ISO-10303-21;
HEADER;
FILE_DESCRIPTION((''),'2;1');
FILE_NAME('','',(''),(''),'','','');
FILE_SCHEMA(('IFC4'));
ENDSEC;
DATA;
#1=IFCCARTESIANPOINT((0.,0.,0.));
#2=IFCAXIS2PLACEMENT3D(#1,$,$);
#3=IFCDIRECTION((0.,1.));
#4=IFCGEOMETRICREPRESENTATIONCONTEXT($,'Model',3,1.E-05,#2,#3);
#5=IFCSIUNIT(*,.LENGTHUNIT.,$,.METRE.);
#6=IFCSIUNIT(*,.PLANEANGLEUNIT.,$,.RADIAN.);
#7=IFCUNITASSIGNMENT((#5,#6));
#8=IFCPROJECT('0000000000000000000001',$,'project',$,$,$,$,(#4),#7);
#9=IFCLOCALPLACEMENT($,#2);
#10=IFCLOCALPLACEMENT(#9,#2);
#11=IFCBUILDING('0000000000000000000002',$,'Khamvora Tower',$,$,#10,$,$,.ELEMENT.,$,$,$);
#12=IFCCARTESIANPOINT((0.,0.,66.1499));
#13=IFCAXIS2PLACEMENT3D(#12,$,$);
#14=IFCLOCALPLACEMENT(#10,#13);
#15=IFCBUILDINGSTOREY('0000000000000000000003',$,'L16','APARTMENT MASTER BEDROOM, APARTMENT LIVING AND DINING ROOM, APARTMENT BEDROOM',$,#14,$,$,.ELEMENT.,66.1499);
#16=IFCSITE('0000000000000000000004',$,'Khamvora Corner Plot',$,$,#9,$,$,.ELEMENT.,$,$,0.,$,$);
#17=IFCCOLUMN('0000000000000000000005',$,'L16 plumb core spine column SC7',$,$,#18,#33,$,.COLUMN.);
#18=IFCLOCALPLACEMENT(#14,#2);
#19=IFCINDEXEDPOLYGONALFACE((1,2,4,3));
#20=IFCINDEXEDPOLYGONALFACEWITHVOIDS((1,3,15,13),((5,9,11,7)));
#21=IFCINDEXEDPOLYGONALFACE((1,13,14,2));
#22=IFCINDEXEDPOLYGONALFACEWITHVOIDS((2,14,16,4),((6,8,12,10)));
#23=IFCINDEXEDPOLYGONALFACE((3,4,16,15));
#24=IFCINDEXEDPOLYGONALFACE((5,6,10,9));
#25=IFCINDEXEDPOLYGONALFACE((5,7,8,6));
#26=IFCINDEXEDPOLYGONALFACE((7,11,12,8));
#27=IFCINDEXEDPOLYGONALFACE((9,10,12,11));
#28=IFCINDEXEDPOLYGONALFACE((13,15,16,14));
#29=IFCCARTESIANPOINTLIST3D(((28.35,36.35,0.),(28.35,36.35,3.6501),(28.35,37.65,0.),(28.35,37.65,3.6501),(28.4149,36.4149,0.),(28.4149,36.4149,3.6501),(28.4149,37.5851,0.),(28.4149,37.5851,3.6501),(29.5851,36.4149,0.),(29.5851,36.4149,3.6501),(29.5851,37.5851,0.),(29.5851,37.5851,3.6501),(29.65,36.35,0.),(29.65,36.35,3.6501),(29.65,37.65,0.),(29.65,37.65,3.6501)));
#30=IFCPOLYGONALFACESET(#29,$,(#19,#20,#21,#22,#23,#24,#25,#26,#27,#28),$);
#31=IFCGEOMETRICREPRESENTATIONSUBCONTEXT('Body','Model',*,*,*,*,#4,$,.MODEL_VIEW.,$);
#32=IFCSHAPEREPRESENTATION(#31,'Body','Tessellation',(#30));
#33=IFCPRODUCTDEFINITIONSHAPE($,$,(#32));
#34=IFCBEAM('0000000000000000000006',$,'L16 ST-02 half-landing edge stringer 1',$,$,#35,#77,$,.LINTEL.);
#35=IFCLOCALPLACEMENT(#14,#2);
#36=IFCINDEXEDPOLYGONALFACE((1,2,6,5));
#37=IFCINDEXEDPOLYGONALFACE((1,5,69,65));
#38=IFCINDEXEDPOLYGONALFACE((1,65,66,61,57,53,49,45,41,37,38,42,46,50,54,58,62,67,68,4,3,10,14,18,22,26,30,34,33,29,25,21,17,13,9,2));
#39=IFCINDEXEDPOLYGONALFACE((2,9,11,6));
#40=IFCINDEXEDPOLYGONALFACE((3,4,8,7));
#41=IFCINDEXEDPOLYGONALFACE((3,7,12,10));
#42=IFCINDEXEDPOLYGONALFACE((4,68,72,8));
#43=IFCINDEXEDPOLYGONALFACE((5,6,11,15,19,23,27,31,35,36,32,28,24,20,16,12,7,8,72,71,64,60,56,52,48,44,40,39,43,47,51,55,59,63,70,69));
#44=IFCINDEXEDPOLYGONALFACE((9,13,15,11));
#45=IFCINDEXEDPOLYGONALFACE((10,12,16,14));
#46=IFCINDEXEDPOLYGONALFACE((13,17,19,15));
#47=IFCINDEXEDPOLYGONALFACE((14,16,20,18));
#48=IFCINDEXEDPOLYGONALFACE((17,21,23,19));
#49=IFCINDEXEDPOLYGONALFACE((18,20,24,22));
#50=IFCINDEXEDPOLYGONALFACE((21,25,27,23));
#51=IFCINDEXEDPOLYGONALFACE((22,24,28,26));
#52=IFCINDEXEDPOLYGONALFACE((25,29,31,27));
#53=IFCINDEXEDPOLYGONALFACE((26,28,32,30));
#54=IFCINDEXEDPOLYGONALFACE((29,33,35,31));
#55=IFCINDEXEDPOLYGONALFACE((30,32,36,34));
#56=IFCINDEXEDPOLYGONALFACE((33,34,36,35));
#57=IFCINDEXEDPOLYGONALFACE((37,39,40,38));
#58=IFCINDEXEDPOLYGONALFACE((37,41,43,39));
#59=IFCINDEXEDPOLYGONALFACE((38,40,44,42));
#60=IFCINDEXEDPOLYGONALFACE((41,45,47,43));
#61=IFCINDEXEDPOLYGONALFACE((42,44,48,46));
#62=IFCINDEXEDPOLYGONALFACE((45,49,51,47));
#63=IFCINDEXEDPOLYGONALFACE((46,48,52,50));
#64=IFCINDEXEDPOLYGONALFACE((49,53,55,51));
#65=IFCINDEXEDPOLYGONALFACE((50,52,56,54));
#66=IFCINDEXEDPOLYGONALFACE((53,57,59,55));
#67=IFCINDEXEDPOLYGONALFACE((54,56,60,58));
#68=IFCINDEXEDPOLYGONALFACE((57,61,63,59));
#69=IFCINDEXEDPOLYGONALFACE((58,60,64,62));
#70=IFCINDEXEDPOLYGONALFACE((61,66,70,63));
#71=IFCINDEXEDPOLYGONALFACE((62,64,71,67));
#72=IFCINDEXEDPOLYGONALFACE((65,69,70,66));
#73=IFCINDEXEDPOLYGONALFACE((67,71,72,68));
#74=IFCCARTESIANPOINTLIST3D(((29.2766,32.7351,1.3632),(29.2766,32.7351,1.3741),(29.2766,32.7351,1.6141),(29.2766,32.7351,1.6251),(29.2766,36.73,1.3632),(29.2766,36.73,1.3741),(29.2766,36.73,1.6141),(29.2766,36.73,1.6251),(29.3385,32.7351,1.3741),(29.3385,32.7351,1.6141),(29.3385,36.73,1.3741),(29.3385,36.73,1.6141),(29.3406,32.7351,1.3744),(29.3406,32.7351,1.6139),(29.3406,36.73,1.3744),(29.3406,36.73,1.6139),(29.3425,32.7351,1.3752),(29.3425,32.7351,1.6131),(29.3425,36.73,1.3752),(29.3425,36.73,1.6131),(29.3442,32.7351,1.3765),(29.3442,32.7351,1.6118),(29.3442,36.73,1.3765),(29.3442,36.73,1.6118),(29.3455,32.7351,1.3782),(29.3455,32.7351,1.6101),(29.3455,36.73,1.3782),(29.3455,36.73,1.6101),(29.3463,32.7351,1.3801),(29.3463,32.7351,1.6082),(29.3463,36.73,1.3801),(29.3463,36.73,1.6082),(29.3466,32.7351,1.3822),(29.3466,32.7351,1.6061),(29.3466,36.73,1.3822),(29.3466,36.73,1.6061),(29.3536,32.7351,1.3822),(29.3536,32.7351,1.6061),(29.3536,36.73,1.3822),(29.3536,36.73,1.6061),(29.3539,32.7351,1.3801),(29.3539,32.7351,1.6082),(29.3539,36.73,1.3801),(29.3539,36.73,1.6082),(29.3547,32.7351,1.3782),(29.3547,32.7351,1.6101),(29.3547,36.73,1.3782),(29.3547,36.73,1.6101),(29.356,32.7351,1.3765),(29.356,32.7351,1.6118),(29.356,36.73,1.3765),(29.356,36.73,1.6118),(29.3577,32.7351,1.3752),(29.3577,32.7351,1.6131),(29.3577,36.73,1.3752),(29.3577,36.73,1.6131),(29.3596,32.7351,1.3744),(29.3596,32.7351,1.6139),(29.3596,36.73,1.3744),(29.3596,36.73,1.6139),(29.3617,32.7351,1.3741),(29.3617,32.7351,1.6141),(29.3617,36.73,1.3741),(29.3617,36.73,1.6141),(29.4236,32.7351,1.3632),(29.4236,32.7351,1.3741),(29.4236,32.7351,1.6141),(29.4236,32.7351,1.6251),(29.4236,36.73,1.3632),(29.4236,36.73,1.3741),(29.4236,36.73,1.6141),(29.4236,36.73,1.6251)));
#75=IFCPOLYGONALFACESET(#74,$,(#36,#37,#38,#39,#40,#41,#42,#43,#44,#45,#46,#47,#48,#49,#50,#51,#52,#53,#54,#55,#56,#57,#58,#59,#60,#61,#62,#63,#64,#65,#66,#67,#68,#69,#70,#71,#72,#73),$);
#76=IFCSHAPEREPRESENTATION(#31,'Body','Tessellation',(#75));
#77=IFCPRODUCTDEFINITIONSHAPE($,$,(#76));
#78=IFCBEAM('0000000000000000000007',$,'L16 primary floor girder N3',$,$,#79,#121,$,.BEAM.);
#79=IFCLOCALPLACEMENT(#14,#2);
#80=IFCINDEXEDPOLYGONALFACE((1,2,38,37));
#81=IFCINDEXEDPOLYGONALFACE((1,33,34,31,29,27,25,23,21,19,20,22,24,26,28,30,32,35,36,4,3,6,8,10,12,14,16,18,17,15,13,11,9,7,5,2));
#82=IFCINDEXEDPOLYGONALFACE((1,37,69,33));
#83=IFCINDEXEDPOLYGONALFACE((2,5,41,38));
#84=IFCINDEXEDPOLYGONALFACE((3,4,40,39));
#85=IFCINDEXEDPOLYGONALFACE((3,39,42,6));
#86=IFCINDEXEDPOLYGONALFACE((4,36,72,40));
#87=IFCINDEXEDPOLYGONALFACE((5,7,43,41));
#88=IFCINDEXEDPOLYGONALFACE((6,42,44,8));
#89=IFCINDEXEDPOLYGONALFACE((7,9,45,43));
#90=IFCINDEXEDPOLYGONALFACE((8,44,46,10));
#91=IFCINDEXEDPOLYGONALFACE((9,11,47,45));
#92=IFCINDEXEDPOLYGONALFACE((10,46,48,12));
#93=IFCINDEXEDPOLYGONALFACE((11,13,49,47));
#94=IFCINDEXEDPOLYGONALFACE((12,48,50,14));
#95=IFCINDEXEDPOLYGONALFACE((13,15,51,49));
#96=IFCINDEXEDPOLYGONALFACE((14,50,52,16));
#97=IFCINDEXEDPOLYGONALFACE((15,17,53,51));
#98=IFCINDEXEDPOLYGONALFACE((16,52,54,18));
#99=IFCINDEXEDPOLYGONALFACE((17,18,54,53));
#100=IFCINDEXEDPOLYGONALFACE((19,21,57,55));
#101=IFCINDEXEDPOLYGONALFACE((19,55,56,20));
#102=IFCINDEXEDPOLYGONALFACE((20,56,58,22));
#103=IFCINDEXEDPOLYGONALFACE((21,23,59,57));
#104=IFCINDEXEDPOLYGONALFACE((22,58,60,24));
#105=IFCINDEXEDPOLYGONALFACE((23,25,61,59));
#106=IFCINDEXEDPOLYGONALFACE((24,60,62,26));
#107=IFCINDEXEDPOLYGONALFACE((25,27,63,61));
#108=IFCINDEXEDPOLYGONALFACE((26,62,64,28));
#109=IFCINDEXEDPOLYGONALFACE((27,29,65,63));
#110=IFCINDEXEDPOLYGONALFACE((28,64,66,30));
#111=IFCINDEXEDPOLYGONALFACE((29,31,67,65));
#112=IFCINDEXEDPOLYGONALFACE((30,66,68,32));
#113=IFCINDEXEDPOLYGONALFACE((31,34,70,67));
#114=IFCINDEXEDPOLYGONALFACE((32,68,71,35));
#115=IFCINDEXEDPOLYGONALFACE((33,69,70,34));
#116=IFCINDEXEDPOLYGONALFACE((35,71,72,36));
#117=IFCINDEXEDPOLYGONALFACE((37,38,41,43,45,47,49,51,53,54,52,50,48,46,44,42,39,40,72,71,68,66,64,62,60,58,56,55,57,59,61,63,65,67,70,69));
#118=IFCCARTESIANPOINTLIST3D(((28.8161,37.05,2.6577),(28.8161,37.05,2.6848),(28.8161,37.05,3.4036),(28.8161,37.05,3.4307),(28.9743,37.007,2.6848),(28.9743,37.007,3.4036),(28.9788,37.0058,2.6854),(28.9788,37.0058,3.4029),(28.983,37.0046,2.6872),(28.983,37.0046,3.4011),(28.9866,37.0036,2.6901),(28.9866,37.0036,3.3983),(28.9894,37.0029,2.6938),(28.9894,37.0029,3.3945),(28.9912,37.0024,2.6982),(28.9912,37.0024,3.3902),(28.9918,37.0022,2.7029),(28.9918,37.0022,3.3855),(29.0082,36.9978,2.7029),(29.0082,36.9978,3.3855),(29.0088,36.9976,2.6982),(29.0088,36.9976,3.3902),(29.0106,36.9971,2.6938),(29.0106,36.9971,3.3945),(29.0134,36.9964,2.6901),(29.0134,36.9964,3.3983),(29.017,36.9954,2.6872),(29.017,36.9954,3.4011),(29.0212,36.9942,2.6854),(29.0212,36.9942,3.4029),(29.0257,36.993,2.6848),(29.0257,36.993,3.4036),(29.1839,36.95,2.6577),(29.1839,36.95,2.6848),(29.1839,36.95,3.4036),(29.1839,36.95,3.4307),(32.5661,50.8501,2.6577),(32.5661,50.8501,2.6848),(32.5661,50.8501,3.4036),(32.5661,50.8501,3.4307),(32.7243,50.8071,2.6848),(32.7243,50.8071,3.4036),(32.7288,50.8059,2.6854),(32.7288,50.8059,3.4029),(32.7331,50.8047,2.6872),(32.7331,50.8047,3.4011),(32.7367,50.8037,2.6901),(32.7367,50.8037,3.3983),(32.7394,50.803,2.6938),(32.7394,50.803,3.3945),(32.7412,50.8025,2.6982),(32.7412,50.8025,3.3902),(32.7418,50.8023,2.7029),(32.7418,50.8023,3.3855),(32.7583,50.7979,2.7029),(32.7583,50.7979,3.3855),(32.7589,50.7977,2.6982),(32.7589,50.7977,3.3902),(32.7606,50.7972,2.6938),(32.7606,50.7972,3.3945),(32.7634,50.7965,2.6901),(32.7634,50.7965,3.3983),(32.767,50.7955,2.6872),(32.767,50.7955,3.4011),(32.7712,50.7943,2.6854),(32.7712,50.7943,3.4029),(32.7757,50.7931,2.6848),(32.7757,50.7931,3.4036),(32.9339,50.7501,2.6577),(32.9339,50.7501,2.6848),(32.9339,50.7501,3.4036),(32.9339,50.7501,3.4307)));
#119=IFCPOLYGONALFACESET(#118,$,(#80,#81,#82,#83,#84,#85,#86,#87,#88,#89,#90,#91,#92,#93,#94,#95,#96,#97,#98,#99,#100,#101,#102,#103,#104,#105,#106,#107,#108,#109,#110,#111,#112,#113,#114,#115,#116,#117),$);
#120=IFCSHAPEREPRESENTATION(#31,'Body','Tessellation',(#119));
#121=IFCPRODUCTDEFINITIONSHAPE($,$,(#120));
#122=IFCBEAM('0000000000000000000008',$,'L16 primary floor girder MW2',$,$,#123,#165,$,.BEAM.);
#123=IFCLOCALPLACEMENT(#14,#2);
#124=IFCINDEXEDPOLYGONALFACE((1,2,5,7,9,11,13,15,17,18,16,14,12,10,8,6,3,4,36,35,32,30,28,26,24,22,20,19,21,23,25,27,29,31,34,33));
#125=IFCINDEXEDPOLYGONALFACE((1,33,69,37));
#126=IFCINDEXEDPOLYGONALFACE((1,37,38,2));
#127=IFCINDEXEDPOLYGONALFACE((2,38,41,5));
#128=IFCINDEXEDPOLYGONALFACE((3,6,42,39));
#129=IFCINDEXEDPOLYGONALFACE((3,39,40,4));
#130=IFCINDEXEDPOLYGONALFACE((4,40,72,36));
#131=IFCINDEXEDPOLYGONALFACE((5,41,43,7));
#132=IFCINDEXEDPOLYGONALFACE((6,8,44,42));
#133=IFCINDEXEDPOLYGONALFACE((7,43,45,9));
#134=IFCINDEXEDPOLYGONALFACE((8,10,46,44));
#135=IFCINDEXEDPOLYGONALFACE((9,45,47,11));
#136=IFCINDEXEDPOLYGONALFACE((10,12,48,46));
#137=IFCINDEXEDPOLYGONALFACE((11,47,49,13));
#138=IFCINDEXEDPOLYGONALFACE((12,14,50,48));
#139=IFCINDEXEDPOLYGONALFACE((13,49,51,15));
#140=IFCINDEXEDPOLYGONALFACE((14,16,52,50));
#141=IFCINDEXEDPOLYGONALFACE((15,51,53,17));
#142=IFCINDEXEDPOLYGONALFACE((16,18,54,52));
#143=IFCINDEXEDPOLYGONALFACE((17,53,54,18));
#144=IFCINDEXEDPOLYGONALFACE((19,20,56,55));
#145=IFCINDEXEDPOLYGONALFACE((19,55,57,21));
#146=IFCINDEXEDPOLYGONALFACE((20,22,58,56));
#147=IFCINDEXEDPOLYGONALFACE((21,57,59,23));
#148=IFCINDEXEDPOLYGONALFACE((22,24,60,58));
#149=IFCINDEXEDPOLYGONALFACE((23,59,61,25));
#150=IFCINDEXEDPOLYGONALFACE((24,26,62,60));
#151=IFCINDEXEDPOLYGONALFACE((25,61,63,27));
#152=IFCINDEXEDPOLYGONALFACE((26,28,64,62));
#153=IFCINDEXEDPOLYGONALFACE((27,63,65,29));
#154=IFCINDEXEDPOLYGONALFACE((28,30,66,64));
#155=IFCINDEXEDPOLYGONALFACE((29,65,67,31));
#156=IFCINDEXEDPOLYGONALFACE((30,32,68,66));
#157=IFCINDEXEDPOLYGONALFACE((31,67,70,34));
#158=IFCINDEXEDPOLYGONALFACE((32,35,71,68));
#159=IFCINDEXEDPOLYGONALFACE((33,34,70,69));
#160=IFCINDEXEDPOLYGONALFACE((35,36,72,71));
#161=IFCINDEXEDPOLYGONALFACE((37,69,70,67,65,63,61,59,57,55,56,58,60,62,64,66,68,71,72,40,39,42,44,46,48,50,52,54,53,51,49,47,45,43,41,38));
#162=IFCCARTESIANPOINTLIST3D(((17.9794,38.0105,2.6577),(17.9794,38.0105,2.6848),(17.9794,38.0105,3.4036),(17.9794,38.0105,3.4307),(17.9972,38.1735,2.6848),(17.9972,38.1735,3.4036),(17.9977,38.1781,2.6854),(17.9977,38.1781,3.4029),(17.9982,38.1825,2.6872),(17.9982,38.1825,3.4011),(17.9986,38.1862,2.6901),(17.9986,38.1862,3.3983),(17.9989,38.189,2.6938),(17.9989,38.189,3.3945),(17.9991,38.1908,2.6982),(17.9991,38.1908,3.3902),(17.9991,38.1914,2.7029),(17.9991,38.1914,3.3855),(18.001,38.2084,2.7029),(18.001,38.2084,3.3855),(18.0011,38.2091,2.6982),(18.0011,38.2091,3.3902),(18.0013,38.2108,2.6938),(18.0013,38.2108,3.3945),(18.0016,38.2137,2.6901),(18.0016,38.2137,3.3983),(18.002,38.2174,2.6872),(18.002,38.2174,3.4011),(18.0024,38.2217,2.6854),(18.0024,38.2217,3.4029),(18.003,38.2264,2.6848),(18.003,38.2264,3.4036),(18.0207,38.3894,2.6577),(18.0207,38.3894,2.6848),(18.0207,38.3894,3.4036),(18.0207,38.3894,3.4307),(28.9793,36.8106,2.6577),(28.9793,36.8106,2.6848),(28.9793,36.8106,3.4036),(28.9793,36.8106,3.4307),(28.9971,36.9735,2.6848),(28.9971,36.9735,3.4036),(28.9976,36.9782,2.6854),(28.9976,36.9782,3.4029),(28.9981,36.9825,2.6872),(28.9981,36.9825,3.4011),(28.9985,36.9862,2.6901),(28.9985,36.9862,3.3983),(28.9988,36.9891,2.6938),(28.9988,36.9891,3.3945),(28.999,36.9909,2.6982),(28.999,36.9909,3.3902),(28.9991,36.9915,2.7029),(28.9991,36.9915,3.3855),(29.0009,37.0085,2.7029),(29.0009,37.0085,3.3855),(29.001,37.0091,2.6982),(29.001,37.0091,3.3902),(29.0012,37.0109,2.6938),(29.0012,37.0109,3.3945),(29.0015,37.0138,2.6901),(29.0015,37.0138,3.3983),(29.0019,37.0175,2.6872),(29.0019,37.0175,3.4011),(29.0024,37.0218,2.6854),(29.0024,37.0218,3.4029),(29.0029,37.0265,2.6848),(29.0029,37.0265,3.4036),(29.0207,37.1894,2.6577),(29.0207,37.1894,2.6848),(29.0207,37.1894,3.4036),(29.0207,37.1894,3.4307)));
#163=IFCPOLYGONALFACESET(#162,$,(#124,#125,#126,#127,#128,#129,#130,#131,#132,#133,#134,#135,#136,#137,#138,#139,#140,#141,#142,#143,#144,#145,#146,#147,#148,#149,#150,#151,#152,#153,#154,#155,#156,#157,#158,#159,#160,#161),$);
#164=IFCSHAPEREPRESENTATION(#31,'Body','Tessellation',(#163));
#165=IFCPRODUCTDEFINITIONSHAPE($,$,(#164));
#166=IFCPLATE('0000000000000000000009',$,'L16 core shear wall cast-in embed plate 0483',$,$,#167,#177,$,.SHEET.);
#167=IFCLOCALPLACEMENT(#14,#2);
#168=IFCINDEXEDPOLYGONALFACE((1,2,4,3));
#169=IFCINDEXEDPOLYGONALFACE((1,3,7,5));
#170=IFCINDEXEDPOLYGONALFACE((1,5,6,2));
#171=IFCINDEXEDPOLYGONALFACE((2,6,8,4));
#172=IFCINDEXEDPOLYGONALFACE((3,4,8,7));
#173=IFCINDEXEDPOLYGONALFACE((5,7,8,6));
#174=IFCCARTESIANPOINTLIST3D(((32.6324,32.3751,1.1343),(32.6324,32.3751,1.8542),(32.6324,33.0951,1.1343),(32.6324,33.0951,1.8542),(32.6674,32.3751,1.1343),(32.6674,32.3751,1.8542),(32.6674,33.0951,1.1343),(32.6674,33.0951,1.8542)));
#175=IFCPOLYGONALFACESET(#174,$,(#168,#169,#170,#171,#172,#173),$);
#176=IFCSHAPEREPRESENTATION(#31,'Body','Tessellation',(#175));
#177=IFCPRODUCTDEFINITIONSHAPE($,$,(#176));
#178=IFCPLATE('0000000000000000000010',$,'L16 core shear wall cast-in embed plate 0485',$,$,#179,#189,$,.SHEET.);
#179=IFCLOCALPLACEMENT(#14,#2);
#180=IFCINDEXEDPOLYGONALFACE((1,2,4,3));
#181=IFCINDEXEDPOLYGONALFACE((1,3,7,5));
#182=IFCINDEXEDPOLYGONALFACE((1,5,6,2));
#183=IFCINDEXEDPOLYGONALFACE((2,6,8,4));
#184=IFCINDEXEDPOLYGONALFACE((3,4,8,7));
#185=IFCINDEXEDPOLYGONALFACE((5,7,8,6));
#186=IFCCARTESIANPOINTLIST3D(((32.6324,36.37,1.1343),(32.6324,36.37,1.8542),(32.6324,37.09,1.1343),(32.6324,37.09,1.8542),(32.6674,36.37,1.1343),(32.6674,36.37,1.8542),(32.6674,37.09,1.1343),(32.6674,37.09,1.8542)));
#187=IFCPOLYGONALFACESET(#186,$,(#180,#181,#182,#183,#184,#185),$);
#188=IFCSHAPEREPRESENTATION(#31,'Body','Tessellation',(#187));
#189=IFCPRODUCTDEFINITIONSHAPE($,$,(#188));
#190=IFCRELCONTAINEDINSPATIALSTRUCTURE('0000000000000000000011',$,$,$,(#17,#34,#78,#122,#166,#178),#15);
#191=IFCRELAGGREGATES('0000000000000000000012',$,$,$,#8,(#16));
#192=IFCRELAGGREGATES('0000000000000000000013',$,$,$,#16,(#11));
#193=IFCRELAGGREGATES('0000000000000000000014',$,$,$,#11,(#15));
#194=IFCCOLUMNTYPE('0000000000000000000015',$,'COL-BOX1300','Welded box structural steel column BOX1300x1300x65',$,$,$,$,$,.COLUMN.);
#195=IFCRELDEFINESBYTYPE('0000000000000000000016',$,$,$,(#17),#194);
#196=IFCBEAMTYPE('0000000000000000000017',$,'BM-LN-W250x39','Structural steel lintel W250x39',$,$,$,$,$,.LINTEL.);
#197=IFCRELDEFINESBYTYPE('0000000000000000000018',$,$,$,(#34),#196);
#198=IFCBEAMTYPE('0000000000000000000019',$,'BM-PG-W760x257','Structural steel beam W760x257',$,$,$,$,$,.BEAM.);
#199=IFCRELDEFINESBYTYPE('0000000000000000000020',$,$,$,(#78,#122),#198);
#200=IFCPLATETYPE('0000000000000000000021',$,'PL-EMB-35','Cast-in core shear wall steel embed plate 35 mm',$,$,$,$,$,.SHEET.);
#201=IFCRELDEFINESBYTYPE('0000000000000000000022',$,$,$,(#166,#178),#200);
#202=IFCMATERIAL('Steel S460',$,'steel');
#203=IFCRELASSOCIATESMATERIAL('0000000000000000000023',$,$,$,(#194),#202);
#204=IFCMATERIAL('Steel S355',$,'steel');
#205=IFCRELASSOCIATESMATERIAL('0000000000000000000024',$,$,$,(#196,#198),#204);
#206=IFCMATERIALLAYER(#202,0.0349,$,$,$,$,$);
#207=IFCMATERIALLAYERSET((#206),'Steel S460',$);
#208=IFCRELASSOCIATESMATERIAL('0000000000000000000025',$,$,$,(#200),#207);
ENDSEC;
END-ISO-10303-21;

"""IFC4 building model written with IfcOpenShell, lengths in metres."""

from ifc_helpers import new_model, si_unit, direction, frame, origin, origin_2d, place, context, subcontext, project, spatial, rectangle, hollow_rectangle, i_section, extrude, material, layer, layer_set, material_profile, profile_set, type_object, element, save


model = new_model("IFC4")

# Units and contexts
model_context = context("Model", 3, precision=1e-05, world=origin(), true_north=direction((0.0, 1.0)))
body_context = subcontext(model_context, "Body", "Model", "MODEL_VIEW")
ifc_project = project(units=[si_unit("LENGTHUNIT", "METRE"), si_unit("PLANEANGLEUNIT", "RADIAN")], contexts=[model_context])

# Site, building, storey
site_placement = place(None, origin())
site = spatial("IfcSite", under=ifc_project, at=site_placement, Name="Khamvora Corner Plot", CompositionType="ELEMENT", RefElevation=0.0)
building_placement = place(site_placement, origin())
building = spatial("IfcBuilding", under=site, at=building_placement, Name="Khamvora Tower", CompositionType="ELEMENT")
storey_placement = place(building_placement, frame((0.0, 0.0, 66.1499)))
storey = spatial("IfcBuildingStorey", under=building, at=storey_placement, Name="L16", Description="APARTMENT MASTER BEDROOM, APARTMENT LIVING AND DINING ROOM, APARTMENT BEDROOM", CompositionType="ELEMENT", Elevation=66.1499)

# Column
ifc_material_1 = material(Name="Steel S460", Category="steel")
ifc_material_profile_1 = material_profile(ifc_material_1, hollow_rectangle(XDim=1.3, YDim=1.3, WallThickness=0.0649, at=origin_2d()), Name="BOX1300x1300x65")
ifc_profile_set_1 = profile_set([ifc_material_profile_1], Name="Steel S460")
column_type = type_object("IfcColumnType", Name="COL-BOX1300", Description="Welded box structural steel column BOX1300x1300x65", PredefinedType="COLUMN", material=ifc_profile_set_1)
column_placement = place(storey_placement, frame((29.0, 37.0, 0.0), z_axis=(0.0, 0.0, 1.0), x_axis=(1.0, 0.0, 0.0)))
element("IfcColumn", 1, at=column_placement, inside=storey, type_object=column_type, Name="L16 plumb core spine column SC7", PredefinedType="COLUMN", context=body_context, shape_type="SweptSolid", body=[
    extrude(hollow_rectangle(XDim=1.3, YDim=1.3, WallThickness=0.0649, at=origin_2d()), origin(), (0.0, 0.0, 1.0), 3.6501),
])

# Beams
ifc_material_2 = material(Name="Steel S355", Category="steel")
ifc_material_profile_2 = material_profile(ifc_material_2, i_section(OverallWidth=0.147, OverallDepth=0.262, WebThickness=0.0071, FlangeThickness=0.011, FilletRadius=0.0081, at=origin_2d()), Name="W250x39")
ifc_profile_set_2 = profile_set([ifc_material_profile_2], Name="Steel S355")
beam_type_1 = type_object("IfcBeamType", Name="BM-LN-W250x39", Description="Structural steel lintel W250x39", PredefinedType="LINTEL", material=ifc_profile_set_2)
beam_1_placement = place(storey_placement, frame((29.3501, 32.7351, 1.4941), z_axis=(0.0, 1.0, 0.0), x_axis=(-1.0, 0.0, 0.0)))
element("IfcBeam", 2, at=beam_1_placement, inside=storey, type_object=beam_type_1, Name="L16 ST-02 half-landing edge stringer 1", PredefinedType="LINTEL", context=body_context, shape_type="SweptSolid", body=[
    extrude(i_section(OverallWidth=0.147, OverallDepth=0.262, WebThickness=0.0071, FlangeThickness=0.011, FilletRadius=0.0081, at=origin_2d()), origin(), (0.0, 0.0, 1.0), 3.9949),
])
ifc_material_profile_3 = material_profile(ifc_material_2, i_section(OverallWidth=0.3811, OverallDepth=0.7729, WebThickness=0.0171, FlangeThickness=0.0271, FilletRadius=0.0181, at=origin_2d()), Name="W760x257")
ifc_profile_set_3 = profile_set([ifc_material_profile_3], Name="Steel S355")
beam_type_2 = type_object("IfcBeamType", Name="BM-PG-W760x257", Description="Structural steel beam W760x257", PredefinedType="BEAM", material=ifc_profile_set_3)
beam_2_placement = place(storey_placement, frame((29.0, 37.0, 3.0442), z_axis=(0.262229, 0.965006, 0.0), x_axis=(-0.965006, 0.262229, 0.0)))
element("IfcBeam", 3, at=beam_2_placement, inside=storey, type_object=beam_type_2, Name="L16 primary floor girder N3", PredefinedType="BEAM", context=body_context, shape_type="SweptSolid", body=[
    extrude(i_section(OverallWidth=0.3811, OverallDepth=0.7729, WebThickness=0.0171, FlangeThickness=0.0271, FilletRadius=0.0181, at=origin_2d()), origin(), (0.0, 0.0, 1.0), 14.3005),
])
beam_3_placement = place(storey_placement, frame((29.0, 37.0, 3.0442), z_axis=(-0.994103, 0.108443, 0.0), x_axis=(-0.108443, -0.994103, 0.0)))
element("IfcBeam", 4, at=beam_3_placement, inside=storey, type_object=beam_type_2, Name="L16 primary floor girder MW2", PredefinedType="BEAM", context=body_context, shape_type="SweptSolid", body=[
    extrude(i_section(OverallWidth=0.3811, OverallDepth=0.7729, WebThickness=0.0171, FlangeThickness=0.0271, FilletRadius=0.0181, at=origin_2d()), origin(), (0.0, 0.0, 1.0), 11.0652),
])

# Plates
ifc_layer_1 = layer(ifc_material_1, 0.0349)
ifc_layer_set_1 = layer_set([ifc_layer_1], Name="Steel S460")
plate_type = type_object("IfcPlateType", Name="PL-EMB-35", Description="Cast-in core shear wall steel embed plate 35 mm", PredefinedType="SHEET", material=ifc_layer_set_1)
for number, where, z_axis, x_axis, name in (
    (5, (32.6499, 32.7351, 1.1343), (0.0, 0.0, 1.0), (1.0, 0.0, 0.0), "L16 core shear wall cast-in embed plate 0483"),
    (6, (32.6499, 36.73, 1.1343), (0.0, 0.0, 1.0), (1.0, 0.0, 0.0), "L16 core shear wall cast-in embed plate 0485"),
):
    element("IfcPlate", number, at=place(storey_placement, frame(where, z_axis=z_axis, x_axis=x_axis)), inside=storey, type_object=plate_type, Name=name, PredefinedType="SHEET", context=body_context, shape_type="SweptSolid", body=[
        extrude(rectangle(XDim=0.0349, YDim=0.72, at=origin_2d()), origin(), (0.0, 0.0, 1.0), 0.72),
    ])

save(model, "model.ifc")
